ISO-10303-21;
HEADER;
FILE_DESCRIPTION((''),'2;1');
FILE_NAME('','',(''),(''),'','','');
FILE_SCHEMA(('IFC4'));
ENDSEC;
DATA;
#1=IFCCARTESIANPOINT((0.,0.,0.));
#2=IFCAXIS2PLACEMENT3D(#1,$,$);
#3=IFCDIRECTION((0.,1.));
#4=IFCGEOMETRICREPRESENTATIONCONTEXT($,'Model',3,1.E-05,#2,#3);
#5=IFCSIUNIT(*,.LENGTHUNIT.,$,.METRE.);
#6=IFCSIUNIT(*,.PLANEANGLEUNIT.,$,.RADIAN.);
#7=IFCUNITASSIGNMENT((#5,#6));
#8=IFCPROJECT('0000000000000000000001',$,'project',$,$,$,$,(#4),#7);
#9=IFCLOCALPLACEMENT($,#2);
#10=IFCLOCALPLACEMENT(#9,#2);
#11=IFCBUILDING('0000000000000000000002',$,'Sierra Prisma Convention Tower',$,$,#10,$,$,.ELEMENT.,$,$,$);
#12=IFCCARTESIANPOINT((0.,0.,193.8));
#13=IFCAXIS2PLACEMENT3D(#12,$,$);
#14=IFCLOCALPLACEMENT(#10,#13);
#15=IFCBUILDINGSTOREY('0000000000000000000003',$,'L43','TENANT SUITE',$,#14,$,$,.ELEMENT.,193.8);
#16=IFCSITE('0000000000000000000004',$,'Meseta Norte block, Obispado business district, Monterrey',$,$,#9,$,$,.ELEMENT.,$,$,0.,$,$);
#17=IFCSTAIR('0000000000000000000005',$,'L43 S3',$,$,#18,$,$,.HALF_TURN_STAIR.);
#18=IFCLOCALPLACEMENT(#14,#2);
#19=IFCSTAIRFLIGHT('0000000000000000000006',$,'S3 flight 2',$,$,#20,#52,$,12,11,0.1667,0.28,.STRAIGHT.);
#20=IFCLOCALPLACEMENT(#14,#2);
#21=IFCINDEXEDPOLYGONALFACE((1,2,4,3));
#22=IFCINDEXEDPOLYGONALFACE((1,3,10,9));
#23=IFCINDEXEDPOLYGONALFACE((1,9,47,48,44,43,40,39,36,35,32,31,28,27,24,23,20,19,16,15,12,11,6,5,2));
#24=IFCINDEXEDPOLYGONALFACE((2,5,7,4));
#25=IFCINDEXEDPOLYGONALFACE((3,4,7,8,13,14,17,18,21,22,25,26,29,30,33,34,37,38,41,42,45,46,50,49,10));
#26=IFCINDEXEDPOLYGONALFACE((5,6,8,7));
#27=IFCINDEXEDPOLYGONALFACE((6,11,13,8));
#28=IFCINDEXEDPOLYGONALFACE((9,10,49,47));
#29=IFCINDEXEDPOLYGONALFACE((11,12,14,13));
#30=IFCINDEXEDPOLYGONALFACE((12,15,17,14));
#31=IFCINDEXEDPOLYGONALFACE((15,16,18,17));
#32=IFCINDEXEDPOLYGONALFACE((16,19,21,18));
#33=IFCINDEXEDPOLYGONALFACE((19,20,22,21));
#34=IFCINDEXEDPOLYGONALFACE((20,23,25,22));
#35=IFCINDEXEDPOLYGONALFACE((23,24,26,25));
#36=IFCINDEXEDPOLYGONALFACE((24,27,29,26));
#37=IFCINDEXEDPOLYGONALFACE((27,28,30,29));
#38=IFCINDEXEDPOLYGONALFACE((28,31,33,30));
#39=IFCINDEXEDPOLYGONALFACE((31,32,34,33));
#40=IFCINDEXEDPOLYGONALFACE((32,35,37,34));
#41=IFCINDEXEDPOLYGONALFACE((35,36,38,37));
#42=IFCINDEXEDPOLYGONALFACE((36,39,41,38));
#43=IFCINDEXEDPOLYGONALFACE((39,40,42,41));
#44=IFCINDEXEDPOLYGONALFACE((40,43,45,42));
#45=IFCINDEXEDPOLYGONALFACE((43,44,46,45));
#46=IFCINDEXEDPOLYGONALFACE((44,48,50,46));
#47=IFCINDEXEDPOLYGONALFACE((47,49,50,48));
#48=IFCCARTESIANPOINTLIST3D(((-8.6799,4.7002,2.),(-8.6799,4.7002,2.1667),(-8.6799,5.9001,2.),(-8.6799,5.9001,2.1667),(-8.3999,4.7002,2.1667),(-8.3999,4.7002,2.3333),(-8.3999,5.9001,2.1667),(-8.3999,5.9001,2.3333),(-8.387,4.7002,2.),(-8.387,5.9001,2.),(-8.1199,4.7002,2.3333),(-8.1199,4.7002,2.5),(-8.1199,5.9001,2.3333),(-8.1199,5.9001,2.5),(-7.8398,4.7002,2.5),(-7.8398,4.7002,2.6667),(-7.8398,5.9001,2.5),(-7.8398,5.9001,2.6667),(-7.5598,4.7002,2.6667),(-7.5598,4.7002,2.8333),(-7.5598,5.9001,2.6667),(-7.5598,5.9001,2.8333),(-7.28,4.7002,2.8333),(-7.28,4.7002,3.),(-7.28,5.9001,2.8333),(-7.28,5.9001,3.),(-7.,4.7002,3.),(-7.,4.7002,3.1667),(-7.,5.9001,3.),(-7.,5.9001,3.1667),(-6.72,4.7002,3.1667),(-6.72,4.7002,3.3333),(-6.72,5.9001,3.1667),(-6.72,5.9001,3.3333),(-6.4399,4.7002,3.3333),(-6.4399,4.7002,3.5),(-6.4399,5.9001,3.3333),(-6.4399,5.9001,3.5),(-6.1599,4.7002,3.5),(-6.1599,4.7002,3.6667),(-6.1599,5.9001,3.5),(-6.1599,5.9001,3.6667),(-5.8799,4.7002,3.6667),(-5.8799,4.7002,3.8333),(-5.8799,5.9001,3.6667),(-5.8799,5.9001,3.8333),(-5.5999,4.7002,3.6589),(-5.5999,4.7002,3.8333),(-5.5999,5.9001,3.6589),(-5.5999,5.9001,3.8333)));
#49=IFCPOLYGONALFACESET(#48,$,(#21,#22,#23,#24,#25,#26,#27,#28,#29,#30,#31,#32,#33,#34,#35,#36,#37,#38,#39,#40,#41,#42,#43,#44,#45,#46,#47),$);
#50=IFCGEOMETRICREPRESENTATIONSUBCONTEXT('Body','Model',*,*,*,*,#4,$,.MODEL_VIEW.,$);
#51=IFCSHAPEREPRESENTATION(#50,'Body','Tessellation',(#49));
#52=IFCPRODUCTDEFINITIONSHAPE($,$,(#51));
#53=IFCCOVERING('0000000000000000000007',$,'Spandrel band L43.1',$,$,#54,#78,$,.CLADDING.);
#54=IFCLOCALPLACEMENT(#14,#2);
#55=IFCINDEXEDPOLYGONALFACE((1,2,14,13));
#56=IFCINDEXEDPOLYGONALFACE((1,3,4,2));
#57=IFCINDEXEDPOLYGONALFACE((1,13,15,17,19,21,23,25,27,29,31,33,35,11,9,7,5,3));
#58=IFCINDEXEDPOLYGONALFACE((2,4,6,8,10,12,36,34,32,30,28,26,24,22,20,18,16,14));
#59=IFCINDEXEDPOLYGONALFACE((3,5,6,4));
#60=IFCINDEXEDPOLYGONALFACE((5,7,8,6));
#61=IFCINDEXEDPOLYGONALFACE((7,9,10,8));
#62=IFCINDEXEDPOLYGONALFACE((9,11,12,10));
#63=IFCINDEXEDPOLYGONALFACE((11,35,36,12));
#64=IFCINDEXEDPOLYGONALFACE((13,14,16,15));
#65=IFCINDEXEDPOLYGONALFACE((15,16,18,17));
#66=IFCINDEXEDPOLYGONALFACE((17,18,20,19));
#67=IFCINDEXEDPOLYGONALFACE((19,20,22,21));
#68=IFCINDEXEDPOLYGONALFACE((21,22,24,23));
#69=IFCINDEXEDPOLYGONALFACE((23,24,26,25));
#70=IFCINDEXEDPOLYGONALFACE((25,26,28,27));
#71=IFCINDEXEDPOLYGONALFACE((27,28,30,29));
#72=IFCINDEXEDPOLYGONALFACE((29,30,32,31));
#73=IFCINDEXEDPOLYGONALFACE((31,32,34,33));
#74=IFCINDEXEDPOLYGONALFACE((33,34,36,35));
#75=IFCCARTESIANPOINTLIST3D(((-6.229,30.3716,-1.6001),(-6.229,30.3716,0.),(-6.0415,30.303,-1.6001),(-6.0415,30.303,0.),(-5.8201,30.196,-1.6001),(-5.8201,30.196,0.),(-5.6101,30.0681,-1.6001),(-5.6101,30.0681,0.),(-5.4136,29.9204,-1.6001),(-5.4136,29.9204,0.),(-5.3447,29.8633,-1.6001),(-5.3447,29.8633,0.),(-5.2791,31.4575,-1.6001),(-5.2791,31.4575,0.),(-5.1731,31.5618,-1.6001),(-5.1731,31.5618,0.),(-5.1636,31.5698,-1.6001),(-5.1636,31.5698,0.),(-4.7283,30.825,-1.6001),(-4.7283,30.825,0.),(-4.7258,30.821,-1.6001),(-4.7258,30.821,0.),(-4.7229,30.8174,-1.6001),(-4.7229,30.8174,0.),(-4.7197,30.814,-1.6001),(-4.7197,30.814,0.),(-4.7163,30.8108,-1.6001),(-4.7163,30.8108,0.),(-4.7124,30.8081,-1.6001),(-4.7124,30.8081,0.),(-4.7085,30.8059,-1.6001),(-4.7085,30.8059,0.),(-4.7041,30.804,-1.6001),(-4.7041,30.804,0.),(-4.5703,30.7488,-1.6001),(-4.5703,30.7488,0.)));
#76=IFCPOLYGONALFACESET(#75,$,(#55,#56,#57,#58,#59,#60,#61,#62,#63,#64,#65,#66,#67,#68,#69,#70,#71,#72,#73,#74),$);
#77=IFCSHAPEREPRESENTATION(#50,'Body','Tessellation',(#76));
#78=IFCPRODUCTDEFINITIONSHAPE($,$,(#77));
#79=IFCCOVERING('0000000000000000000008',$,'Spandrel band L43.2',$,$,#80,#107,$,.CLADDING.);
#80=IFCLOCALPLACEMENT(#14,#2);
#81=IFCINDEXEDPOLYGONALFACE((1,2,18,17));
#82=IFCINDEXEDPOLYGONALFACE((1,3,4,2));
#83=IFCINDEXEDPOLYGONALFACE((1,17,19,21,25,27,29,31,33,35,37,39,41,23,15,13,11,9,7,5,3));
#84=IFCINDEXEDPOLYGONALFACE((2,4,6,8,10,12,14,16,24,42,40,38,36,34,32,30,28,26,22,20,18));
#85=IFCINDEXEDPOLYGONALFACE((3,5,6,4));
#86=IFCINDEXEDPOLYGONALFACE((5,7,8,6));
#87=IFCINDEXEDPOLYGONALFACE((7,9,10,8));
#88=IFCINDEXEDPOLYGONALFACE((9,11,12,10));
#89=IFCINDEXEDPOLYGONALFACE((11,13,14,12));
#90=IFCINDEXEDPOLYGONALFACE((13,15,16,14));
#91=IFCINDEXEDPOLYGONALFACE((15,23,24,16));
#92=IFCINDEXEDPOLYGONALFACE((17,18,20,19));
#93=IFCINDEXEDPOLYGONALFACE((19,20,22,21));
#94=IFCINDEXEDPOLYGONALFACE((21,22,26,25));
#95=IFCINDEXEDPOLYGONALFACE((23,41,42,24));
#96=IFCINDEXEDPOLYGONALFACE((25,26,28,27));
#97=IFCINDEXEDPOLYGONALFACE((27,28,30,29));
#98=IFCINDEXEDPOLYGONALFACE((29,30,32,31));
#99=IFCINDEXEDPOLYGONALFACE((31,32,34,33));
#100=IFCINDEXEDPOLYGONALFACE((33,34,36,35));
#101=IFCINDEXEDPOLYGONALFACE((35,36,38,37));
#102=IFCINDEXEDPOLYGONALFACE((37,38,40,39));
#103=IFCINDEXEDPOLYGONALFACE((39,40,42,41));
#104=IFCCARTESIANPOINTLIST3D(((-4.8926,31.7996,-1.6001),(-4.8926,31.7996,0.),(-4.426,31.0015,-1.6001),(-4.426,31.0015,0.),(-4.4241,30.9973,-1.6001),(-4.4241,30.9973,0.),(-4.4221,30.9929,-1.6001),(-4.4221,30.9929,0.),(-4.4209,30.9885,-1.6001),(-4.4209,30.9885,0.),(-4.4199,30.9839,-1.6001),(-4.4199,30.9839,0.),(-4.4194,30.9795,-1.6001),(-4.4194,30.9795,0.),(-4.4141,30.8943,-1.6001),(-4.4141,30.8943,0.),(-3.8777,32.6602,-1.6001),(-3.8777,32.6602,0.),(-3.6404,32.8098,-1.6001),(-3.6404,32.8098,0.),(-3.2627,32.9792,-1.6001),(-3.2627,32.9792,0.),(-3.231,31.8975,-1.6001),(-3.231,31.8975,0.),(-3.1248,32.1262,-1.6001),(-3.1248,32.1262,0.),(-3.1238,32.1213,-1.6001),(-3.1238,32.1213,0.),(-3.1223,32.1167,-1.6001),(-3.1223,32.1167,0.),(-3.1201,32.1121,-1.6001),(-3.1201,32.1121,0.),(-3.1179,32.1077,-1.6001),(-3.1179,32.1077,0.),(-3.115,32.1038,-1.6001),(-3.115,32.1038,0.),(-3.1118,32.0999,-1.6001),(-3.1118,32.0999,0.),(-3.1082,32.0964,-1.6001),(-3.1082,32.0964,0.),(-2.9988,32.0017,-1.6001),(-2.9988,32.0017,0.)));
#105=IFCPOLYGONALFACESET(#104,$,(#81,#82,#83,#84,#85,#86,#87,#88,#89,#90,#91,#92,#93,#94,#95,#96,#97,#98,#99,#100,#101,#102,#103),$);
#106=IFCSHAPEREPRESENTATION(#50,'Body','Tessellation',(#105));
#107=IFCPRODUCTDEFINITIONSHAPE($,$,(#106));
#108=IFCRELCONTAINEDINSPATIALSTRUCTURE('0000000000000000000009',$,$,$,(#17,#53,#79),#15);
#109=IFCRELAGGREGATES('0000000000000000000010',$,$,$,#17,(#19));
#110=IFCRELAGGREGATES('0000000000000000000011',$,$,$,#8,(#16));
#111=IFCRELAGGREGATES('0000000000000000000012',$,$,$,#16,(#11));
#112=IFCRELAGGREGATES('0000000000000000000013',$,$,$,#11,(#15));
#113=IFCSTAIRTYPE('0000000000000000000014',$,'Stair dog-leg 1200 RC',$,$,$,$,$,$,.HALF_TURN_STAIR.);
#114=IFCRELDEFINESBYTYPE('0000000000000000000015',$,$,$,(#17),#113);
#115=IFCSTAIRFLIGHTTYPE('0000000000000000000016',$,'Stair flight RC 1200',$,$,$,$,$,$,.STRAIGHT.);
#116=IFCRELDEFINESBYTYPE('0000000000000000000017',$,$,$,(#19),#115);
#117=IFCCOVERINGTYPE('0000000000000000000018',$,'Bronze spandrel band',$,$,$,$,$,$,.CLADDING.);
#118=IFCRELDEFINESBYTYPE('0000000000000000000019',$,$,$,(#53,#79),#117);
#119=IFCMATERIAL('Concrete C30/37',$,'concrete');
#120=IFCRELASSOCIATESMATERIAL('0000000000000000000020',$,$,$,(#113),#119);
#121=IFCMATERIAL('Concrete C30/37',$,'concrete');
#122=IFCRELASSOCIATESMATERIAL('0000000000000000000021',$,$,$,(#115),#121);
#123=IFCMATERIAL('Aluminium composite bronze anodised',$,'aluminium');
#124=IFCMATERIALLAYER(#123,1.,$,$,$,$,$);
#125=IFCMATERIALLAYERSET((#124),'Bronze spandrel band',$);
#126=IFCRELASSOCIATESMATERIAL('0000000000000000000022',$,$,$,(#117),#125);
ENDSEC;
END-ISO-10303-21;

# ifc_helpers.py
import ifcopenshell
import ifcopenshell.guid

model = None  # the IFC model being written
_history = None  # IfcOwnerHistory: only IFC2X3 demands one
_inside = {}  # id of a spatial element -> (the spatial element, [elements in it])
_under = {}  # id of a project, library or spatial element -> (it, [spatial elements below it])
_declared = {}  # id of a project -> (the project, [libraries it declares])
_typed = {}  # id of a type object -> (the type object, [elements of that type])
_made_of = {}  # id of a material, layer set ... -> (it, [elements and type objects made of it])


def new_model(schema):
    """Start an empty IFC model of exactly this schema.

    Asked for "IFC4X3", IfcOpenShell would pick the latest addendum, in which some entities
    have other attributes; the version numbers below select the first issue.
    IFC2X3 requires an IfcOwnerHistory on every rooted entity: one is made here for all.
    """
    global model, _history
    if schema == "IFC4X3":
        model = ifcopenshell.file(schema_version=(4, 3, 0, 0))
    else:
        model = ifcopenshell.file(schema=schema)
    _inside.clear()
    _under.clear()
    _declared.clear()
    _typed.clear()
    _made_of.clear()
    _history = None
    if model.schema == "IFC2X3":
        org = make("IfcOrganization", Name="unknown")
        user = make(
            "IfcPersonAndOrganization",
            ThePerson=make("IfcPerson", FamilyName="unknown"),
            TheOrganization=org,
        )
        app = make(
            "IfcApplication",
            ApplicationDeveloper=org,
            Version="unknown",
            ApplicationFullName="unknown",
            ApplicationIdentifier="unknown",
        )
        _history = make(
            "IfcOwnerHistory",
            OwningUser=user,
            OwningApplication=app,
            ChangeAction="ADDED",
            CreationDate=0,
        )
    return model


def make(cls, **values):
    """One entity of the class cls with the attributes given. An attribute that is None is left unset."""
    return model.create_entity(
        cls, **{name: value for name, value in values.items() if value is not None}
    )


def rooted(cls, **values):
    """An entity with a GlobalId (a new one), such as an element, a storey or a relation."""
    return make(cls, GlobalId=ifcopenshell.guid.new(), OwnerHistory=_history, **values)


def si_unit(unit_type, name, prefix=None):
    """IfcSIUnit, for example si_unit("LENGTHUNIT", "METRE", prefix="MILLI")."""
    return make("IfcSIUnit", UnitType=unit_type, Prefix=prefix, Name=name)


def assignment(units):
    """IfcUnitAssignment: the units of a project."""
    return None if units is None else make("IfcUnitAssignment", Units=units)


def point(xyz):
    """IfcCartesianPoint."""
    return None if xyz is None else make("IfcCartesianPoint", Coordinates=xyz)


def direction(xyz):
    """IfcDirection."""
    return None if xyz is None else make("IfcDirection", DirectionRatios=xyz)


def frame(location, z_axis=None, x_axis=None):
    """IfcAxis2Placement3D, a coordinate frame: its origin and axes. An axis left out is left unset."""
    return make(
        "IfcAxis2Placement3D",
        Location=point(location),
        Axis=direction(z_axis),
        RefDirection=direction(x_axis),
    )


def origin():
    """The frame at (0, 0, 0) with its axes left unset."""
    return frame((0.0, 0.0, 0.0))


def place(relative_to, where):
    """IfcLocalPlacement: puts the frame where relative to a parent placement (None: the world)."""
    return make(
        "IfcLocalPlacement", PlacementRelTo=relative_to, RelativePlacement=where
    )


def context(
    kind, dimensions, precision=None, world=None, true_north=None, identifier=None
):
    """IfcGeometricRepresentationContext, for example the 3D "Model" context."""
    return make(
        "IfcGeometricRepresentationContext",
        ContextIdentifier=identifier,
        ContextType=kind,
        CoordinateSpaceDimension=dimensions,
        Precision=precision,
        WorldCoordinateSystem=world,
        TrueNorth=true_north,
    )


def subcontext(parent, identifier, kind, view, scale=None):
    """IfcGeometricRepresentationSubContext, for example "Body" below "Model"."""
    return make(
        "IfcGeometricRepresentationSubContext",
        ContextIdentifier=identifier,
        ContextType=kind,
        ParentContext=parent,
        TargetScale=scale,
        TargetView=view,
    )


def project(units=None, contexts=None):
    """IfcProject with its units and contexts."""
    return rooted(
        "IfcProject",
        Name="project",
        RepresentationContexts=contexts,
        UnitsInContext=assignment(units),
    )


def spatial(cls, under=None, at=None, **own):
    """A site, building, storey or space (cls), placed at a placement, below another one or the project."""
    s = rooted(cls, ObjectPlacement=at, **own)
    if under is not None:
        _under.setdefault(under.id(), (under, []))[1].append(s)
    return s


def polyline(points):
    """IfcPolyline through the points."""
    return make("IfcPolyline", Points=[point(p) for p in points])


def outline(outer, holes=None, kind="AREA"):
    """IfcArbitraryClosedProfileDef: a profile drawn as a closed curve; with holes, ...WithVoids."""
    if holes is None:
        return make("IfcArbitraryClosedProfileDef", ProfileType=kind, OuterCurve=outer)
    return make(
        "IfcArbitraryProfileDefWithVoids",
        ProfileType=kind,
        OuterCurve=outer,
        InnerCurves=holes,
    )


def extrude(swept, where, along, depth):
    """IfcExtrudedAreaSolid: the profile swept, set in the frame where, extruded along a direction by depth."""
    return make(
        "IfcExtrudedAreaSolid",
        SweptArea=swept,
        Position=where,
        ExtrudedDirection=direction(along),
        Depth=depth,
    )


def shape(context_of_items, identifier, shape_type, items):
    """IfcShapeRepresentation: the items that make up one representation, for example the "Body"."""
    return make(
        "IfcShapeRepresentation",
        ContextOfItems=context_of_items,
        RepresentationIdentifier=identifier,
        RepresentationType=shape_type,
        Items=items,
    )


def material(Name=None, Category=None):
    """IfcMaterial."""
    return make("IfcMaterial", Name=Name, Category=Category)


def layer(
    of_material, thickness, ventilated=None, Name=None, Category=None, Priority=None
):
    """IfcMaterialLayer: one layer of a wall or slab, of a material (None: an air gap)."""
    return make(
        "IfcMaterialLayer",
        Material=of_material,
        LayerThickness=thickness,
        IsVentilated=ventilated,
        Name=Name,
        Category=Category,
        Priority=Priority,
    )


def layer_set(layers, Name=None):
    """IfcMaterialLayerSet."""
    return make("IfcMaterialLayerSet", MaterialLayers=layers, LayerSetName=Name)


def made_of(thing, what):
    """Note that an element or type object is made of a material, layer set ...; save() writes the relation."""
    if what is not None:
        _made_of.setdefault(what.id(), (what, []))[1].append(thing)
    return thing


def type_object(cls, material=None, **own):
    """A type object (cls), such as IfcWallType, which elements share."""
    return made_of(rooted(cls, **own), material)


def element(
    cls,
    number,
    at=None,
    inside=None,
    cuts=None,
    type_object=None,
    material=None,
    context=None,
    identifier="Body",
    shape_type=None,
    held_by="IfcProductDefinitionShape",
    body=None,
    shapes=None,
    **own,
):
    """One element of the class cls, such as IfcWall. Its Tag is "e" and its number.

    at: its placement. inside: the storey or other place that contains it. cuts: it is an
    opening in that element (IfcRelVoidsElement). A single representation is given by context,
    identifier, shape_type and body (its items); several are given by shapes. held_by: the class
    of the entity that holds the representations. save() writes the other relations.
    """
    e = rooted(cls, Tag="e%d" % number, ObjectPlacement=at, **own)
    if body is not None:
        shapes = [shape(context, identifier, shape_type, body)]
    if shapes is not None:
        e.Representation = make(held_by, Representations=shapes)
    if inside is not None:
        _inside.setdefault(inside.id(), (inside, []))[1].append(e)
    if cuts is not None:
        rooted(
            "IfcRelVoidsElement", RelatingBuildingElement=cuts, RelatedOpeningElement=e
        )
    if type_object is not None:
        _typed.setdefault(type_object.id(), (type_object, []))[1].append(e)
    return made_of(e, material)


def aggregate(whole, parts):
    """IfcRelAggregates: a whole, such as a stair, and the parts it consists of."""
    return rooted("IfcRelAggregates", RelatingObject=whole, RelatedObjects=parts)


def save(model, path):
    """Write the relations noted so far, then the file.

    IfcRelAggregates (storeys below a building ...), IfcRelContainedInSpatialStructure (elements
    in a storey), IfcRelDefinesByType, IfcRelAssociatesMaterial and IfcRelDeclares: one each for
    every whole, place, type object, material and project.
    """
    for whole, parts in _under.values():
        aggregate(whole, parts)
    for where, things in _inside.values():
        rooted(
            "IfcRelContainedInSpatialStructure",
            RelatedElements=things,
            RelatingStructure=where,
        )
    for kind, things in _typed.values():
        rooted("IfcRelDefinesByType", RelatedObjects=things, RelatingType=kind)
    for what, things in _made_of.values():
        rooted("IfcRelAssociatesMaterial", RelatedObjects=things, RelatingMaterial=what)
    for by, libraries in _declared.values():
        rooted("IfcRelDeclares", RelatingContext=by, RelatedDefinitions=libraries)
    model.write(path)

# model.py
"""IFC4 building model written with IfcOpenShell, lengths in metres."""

from ifc_helpers import new_model, si_unit, direction, frame, origin, place, context, subcontext, project, spatial, polyline, outline, extrude, material, layer, layer_set, type_object, element, aggregate, save


model = new_model("IFC4")

# Units and contexts
model_context = context("Model", 3, precision=1e-05, world=origin(), true_north=direction((0.0, 1.0)))
body_context = subcontext(model_context, "Body", "Model", "MODEL_VIEW")
ifc_project = project(units=[si_unit("LENGTHUNIT", "METRE"), si_unit("PLANEANGLEUNIT", "RADIAN")], contexts=[model_context])

# Site, building, storey
site_placement = place(None, origin())
site = spatial("IfcSite", under=ifc_project, at=site_placement, Name="Meseta Norte block, Obispado business district, Monterrey", CompositionType="ELEMENT", RefElevation=0.0)
building_placement = place(site_placement, origin())
building = spatial("IfcBuilding", under=site, at=building_placement, Name="Sierra Prisma Convention Tower", CompositionType="ELEMENT")
storey_placement = place(building_placement, frame((0.0, 0.0, 193.8)))
storey = spatial("IfcBuildingStorey", under=building, at=storey_placement, Name="L43", Description="TENANT SUITE", CompositionType="ELEMENT", Elevation=193.8)

# Stair, stair flight
ifc_material_1 = material(Name="Concrete C30/37", Category="concrete")
stair_type = type_object("IfcStairType", Name="Stair dog-leg 1200 RC", PredefinedType="HALF_TURN_STAIR", material=ifc_material_1)
stair_placement = place(storey_placement, origin())
stair = element("IfcStair", 1, at=stair_placement, inside=storey, type_object=stair_type, Name="L43 S3", PredefinedType="HALF_TURN_STAIR")
ifc_material_2 = material(Name="Concrete C30/37", Category="concrete")
stair_flight_type = type_object("IfcStairFlightType", Name="Stair flight RC 1200", PredefinedType="STRAIGHT", material=ifc_material_2)
stair_flight_1_placement = place(storey_placement, frame((-8.6799, 5.3, 2.0), z_axis=(0.0, 0.0, 1.0), x_axis=(1.0, 0.0, 0.0)))
stair_flight_1 = element("IfcStairFlight", 2, at=stair_flight_1_placement, type_object=stair_flight_type, Name="S3 flight 2", NumberOfRisers=12, NumberOfTreads=11, PredefinedType="STRAIGHT", RiserHeight=0.1667, TreadLength=0.28, context=body_context, shape_type="SweptSolid", body=[
    extrude(outline(polyline([(0.0, 0.0), (0.0, 0.1667), (0.28, 0.1667), (0.28, 0.3333), (0.5601, 0.3333), (0.5601, 0.5), (0.8401, 0.5), (0.8401, 0.6667), (1.1201, 0.6667), (1.1201, 0.8333), (1.3999, 0.8333), (1.3999, 1.0), (1.6799, 1.0), (1.6799, 1.1667), (1.96, 1.1667), (1.96, 1.3333), (2.24, 1.3333), (2.24, 1.5), (2.52, 1.5), (2.52, 1.6667), (2.8, 1.6667), (2.8, 1.8333), (3.0801, 1.8333), (3.0801, 2.0), (3.0801, 1.6589), (0.293, 0.0), (0.0, 0.0)])), frame((0.0, 0.6001, 0.0), z_axis=(0.0, -1.0, 0.0), x_axis=(1.0, 0.0, 0.0)), (0.0, 0.0, 1.0), 1.2),
])
aggregate(stair, [stair_flight_1])

# Coverings
ifc_material_3 = material(Name="Aluminium composite bronze anodised", Category="aluminium")
ifc_layer_1 = layer(ifc_material_3, 1.0)
ifc_layer_set_1 = layer_set([ifc_layer_1], Name="Bronze spandrel band")
covering_type = type_object("IfcCoveringType", Name="Bronze spandrel band", PredefinedType="CLADDING", material=ifc_layer_set_1)
covering_1_placement = place(storey_placement, frame((0.0, 0.0, -1.6001)))
element("IfcCovering", 3, at=covering_1_placement, inside=storey, type_object=covering_type, Name="Spandrel band L43.1", PredefinedType="CLADDING", context=body_context, shape_type="SweptSolid", body=[
    extrude(outline(polyline([(-4.7197, 30.814), (-4.7163, 30.8108), (-4.7124, 30.8081), (-4.7085, 30.8059), (-4.7041, 30.804), (-4.5703, 30.7488), (-5.3447, 29.8633), (-5.4136, 29.9204), (-5.6101, 30.0681), (-5.8201, 30.196), (-6.0415, 30.303), (-6.229, 30.3716), (-5.2791, 31.4575), (-5.1731, 31.5618), (-5.1636, 31.5698), (-4.7283, 30.825), (-4.7258, 30.821), (-4.7229, 30.8174), (-4.7197, 30.814)])), origin(), (0.0, 0.0, 1.0), 1.6001),
])
covering_2_placement = place(storey_placement, frame((0.0, 0.0, -1.6001)))
element("IfcCovering", 4, at=covering_2_placement, inside=storey, type_object=covering_type, Name="Spandrel band L43.2", PredefinedType="CLADDING", context=body_context, shape_type="SweptSolid", body=[
    extrude(outline(polyline([(-3.1118, 32.0999), (-3.1082, 32.0964), (-2.9988, 32.0017), (-3.231, 31.8975), (-4.4141, 30.8943), (-4.4194, 30.9795), (-4.4199, 30.9839), (-4.4209, 30.9885), (-4.4221, 30.9929), (-4.4241, 30.9973), (-4.426, 31.0015), (-4.8926, 31.7996), (-3.8777, 32.6602), (-3.6404, 32.8098), (-3.2627, 32.9792), (-3.1248, 32.1262), (-3.1238, 32.1213), (-3.1223, 32.1167), (-3.1201, 32.1121), (-3.1179, 32.1077), (-3.115, 32.1038), (-3.1118, 32.0999)])), origin(), (0.0, 0.0, 1.0), 1.6001),
])

save(model, "model.ifc")
